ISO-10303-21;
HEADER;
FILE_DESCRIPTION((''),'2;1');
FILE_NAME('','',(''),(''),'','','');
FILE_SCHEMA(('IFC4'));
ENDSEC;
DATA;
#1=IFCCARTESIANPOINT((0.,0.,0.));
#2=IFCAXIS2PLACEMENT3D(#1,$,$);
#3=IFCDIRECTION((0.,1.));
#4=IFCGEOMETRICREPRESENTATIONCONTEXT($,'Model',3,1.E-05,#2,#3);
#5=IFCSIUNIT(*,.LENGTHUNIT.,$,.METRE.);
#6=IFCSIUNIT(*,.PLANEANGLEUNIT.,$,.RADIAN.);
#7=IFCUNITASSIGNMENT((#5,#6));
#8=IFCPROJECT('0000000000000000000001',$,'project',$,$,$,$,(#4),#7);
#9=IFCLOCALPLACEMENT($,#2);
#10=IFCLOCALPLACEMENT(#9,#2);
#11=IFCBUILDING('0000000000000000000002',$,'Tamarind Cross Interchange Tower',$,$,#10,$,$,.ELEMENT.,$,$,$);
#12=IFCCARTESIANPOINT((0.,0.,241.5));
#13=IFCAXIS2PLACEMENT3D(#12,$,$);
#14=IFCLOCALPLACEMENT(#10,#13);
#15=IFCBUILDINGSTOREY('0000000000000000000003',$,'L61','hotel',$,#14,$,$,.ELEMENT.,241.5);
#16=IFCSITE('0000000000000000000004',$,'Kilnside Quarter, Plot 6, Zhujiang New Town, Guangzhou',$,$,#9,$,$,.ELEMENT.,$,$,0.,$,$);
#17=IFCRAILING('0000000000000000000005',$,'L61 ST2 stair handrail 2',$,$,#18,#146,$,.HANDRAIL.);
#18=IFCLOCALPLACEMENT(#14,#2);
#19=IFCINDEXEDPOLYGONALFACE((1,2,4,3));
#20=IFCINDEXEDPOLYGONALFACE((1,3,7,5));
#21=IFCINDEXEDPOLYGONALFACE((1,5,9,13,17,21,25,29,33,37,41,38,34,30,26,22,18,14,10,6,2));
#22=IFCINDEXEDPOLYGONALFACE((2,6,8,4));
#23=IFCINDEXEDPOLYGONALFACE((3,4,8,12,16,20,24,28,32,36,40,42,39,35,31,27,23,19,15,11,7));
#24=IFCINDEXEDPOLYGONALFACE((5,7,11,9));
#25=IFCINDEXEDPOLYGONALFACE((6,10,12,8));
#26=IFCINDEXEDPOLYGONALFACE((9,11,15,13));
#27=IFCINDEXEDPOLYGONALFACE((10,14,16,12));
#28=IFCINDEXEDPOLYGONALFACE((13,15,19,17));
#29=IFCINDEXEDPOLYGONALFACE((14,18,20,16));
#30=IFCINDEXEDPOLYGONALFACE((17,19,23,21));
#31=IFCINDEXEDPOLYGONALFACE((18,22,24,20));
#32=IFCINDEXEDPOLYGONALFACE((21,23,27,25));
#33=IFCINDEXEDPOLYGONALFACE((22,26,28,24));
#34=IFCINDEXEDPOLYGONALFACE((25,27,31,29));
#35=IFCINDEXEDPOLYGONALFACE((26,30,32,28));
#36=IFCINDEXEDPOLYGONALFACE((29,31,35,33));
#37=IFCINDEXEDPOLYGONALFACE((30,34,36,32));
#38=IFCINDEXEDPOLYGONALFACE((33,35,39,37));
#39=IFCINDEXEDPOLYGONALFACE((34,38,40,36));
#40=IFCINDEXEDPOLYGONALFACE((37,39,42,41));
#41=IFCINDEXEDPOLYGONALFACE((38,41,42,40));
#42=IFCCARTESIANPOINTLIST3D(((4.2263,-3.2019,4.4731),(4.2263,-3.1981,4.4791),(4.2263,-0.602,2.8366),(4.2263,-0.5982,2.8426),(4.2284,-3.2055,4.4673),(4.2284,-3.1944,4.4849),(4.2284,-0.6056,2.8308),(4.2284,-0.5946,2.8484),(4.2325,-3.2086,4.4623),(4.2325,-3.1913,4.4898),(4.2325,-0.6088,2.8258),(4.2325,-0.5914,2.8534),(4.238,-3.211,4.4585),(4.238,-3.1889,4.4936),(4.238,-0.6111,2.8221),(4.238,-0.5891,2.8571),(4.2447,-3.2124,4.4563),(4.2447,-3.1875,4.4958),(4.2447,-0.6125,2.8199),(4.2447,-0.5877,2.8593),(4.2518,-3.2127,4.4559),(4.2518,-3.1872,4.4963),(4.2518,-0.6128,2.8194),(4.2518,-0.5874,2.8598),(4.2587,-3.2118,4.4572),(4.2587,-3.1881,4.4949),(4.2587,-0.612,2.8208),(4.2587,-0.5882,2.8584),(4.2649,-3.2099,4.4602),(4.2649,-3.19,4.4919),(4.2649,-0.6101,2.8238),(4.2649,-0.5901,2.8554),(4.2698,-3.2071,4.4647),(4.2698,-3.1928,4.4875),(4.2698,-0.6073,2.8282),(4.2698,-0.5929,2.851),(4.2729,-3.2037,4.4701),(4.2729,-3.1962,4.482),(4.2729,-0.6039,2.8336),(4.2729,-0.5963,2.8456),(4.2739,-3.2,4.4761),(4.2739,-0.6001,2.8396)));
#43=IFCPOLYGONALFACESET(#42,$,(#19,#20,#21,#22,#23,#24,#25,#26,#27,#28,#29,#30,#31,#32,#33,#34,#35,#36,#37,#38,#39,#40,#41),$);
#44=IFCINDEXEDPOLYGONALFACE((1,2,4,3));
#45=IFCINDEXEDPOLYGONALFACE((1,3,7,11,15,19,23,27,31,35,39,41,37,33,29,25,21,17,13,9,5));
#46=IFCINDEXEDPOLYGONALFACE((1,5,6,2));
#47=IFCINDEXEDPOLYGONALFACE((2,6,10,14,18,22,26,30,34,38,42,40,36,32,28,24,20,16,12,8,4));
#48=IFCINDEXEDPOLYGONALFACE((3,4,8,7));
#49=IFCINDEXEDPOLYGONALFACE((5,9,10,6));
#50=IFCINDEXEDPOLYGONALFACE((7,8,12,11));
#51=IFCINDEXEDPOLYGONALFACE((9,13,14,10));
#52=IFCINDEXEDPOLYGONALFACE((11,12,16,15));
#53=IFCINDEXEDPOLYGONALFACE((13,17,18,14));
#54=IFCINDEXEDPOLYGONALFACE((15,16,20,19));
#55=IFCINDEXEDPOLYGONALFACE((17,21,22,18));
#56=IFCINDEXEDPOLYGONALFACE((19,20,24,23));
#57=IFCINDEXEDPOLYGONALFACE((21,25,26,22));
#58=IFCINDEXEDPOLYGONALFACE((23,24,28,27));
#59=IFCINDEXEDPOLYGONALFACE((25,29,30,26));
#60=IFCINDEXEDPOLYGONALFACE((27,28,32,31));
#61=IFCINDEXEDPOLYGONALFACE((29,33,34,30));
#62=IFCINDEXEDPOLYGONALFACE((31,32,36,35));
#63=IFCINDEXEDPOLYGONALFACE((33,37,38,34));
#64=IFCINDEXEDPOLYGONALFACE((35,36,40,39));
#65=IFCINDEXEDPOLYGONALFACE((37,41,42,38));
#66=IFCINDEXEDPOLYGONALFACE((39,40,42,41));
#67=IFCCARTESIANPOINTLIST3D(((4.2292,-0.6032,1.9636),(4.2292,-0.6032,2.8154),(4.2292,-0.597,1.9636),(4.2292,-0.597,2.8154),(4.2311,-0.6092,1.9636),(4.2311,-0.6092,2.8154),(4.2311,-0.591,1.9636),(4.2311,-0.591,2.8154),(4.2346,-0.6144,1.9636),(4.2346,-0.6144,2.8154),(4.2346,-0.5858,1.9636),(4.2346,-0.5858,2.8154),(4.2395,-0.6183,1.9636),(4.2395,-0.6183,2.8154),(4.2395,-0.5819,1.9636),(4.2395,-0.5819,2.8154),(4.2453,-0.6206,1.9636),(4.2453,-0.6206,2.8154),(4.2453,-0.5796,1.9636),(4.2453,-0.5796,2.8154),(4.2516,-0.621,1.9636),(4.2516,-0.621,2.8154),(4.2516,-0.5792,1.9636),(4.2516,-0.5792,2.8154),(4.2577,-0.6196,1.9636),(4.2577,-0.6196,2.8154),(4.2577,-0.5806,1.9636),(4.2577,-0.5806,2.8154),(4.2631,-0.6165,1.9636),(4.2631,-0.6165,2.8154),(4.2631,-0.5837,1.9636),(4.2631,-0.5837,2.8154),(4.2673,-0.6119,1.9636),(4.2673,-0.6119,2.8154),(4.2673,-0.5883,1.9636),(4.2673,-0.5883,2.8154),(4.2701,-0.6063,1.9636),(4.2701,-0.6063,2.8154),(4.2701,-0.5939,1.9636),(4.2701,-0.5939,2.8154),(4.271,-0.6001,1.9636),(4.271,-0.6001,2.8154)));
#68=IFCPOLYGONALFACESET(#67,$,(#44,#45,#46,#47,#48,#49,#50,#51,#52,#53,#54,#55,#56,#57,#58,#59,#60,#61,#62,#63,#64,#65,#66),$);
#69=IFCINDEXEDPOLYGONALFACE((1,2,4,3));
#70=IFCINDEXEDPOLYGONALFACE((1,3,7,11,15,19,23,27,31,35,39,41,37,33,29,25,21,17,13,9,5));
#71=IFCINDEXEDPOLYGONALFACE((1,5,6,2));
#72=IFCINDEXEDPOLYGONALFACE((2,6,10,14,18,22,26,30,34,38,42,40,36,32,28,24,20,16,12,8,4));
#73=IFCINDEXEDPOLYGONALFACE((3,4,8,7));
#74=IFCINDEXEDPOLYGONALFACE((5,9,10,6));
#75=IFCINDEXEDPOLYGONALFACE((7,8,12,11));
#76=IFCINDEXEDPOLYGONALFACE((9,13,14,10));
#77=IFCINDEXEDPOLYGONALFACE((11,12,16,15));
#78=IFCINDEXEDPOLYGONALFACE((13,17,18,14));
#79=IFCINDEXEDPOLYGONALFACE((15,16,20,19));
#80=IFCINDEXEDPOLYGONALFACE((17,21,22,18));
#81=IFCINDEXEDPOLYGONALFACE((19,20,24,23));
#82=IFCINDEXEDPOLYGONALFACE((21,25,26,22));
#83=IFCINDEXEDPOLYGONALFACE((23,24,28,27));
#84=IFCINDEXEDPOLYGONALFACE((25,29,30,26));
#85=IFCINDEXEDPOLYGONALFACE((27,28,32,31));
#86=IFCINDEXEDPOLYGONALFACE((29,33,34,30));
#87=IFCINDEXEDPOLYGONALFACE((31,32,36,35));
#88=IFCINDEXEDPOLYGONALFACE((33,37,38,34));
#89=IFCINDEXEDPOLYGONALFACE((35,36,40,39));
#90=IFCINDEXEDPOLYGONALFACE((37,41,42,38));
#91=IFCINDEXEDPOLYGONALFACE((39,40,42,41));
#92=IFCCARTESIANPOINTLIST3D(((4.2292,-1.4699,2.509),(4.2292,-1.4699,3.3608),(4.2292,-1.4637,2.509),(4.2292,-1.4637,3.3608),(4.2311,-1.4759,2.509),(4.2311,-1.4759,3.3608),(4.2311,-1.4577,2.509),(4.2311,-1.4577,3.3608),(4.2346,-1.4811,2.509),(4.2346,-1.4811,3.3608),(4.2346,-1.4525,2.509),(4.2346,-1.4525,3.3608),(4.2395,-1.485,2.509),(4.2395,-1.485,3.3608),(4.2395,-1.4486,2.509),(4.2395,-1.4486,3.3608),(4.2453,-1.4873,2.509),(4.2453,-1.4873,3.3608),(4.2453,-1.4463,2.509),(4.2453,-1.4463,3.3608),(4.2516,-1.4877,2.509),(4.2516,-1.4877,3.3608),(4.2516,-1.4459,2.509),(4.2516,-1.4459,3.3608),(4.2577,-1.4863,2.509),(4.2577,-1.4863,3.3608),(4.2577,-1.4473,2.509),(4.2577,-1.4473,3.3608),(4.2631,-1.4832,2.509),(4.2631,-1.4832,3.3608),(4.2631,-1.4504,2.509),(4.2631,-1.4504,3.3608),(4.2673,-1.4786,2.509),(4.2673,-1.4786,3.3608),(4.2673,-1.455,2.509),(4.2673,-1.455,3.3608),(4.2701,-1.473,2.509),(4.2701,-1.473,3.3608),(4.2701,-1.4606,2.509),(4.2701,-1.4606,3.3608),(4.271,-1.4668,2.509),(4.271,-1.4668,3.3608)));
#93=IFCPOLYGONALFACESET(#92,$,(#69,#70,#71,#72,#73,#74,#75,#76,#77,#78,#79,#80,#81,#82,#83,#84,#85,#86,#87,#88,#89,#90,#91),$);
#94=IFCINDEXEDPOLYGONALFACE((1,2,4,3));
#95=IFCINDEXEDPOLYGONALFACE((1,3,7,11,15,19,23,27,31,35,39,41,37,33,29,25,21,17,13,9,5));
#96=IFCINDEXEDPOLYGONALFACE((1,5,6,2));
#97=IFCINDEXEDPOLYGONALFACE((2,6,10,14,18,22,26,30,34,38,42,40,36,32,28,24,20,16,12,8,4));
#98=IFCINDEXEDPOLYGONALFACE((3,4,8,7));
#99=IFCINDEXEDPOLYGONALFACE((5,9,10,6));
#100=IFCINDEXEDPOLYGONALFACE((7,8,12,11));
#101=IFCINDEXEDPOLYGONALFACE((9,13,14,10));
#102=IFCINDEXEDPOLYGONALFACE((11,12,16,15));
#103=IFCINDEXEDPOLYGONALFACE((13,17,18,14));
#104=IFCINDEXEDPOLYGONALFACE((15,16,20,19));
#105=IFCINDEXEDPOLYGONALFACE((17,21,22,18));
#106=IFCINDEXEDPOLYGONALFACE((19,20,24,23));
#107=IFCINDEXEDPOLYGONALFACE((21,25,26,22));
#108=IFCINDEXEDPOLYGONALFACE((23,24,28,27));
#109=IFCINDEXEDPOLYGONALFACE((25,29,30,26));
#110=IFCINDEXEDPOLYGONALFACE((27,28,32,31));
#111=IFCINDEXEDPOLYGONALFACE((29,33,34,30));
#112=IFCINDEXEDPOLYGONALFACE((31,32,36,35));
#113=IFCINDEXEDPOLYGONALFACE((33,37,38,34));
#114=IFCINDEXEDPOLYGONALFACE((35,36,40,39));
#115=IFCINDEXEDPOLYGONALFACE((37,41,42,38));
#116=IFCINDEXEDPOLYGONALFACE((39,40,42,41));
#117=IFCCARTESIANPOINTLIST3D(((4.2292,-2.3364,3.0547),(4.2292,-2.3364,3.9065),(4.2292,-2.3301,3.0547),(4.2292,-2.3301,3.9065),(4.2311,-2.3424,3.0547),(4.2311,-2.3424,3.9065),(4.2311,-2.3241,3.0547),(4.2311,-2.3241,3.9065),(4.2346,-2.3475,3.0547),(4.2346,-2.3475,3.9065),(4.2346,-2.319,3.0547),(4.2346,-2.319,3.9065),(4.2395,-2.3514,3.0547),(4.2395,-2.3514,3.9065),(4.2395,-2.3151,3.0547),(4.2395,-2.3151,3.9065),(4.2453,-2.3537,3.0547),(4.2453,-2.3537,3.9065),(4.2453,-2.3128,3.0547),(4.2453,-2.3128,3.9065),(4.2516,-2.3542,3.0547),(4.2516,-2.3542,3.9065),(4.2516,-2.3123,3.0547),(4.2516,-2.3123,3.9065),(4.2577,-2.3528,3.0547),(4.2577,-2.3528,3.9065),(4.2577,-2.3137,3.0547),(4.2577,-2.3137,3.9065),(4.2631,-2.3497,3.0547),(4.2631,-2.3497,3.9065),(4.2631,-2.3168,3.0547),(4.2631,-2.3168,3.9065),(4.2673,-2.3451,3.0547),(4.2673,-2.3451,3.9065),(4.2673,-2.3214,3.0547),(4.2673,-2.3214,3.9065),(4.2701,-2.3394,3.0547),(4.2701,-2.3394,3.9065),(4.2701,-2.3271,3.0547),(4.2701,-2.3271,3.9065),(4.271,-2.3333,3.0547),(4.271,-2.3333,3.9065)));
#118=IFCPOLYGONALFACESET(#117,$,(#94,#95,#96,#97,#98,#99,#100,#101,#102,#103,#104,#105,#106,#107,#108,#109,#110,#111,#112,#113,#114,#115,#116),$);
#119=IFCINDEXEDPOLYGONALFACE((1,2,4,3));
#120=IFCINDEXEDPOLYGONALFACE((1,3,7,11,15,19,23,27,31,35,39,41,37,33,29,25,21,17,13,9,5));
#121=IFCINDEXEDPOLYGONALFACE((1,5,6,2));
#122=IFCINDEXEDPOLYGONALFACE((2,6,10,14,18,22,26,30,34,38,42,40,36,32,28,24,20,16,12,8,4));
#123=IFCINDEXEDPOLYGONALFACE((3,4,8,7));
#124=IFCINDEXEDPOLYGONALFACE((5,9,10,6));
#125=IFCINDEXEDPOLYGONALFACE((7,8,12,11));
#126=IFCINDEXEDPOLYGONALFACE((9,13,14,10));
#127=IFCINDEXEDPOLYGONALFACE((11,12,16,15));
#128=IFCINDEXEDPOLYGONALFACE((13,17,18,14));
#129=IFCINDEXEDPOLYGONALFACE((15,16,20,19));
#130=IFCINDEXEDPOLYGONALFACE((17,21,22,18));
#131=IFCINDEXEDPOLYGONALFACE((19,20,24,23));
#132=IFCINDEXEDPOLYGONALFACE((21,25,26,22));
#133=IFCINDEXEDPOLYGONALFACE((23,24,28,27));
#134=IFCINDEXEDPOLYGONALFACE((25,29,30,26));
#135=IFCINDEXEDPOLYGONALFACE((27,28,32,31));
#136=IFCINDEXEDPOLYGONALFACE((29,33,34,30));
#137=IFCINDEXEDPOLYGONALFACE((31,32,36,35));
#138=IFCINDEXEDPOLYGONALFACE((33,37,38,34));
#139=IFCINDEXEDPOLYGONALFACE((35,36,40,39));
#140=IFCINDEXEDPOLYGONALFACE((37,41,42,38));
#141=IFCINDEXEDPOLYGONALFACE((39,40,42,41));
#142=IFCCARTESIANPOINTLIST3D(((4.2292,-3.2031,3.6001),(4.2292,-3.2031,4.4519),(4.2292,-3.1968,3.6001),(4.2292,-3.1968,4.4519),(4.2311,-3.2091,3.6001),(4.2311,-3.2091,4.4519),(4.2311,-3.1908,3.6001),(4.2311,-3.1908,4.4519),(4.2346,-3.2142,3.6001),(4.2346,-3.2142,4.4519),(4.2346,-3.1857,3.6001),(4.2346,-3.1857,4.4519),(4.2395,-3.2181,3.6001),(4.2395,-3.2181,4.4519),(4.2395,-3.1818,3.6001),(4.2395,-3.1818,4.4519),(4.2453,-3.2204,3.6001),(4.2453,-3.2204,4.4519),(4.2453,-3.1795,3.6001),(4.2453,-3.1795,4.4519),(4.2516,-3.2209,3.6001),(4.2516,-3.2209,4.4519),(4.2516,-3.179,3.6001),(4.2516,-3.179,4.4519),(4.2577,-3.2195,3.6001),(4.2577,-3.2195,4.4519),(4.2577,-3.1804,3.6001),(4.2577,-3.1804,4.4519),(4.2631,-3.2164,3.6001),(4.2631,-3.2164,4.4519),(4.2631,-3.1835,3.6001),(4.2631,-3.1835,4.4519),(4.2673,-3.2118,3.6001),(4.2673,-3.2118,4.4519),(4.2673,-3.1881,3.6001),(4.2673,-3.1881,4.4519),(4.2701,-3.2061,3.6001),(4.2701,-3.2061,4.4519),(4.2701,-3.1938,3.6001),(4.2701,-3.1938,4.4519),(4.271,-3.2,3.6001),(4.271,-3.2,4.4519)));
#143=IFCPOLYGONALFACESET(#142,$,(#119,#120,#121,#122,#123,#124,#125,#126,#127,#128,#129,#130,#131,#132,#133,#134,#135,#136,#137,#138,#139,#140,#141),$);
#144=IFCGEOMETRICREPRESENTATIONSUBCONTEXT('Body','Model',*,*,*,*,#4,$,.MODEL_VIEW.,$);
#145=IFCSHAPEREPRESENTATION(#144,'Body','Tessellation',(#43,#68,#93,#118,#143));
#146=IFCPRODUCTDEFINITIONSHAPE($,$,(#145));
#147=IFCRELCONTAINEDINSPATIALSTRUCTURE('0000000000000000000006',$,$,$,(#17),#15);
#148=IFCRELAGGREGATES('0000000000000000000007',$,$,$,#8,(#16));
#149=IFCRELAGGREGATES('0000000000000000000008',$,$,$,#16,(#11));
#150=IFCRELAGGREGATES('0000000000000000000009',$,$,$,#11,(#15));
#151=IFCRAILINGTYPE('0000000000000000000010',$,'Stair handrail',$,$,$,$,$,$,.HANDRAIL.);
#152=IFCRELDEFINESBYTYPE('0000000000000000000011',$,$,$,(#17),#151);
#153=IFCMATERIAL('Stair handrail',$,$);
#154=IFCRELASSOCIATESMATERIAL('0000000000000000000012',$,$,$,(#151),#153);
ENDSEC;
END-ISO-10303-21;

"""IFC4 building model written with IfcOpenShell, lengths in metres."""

from ifc_helpers import new_model, si_unit, direction, frame, origin, origin_2d, place, context, subcontext, project, spatial, circle, extrude, material, type_object, element, save


model = new_model("IFC4")

# Units and contexts
model_context = context("Model", 3, precision=1e-05, world=origin(), true_north=direction((0.0, 1.0)))
body_context = subcontext(model_context, "Body", "Model", "MODEL_VIEW")
ifc_project = project(units=[si_unit("LENGTHUNIT", "METRE"), si_unit("PLANEANGLEUNIT", "RADIAN")], contexts=[model_context])

# Site, building, storey
site_placement = place(None, origin())
site = spatial("IfcSite", under=ifc_project, at=site_placement, Name="Kilnside Quarter, Plot 6, Zhujiang New Town, Guangzhou", CompositionType="ELEMENT", RefElevation=0.0)
building_placement = place(site_placement, origin())
building = spatial("IfcBuilding", under=site, at=building_placement, Name="Tamarind Cross Interchange Tower", CompositionType="ELEMENT")
storey_placement = place(building_placement, frame((0.0, 0.0, 241.5)))
storey = spatial("IfcBuildingStorey", under=building, at=storey_placement, Name="L61", Description="hotel", CompositionType="ELEMENT", Elevation=241.5)

# Railing
ifc_material_1 = material(Name="Stair handrail")
railing_type_1 = type_object("IfcRailingType", Name="Stair handrail", PredefinedType="HANDRAIL", material=ifc_material_1)
railing_1_placement = place(storey_placement, frame((4.25, -0.6001, 1.9636)))
element("IfcRailing", 1, at=railing_1_placement, inside=storey, type_object=railing_type_1, Name="L61 ST2 stair handrail 2", PredefinedType="HANDRAIL", context=body_context, shape_type="SweptSolid", body=[
    extrude(circle(Radius=0.0239, at=origin_2d()), frame((0.0, 0.0, 0.876), z_axis=(0.0, -0.846302, 0.532704), x_axis=(1.0, 0.0, 0.0)), (0.0, 0.0, 1.0), 3.072),
    extrude(circle(Radius=0.021, at=origin_2d()), origin(), (0.0, 0.0, 1.0), 0.8518),
    extrude(circle(Radius=0.021, at=origin_2d()), frame((0.0, -0.8667, 0.5454)), (0.0, 0.0, 1.0), 0.8518),
    extrude(circle(Radius=0.021, at=origin_2d()), frame((0.0, -1.7332, 1.0911)), (0.0, 0.0, 1.0), 0.8518),
    extrude(circle(Radius=0.021, at=origin_2d()), frame((0.0, -2.5999, 1.6365)), (0.0, 0.0, 1.0), 0.8518),
])

save(model, "model.ifc")
